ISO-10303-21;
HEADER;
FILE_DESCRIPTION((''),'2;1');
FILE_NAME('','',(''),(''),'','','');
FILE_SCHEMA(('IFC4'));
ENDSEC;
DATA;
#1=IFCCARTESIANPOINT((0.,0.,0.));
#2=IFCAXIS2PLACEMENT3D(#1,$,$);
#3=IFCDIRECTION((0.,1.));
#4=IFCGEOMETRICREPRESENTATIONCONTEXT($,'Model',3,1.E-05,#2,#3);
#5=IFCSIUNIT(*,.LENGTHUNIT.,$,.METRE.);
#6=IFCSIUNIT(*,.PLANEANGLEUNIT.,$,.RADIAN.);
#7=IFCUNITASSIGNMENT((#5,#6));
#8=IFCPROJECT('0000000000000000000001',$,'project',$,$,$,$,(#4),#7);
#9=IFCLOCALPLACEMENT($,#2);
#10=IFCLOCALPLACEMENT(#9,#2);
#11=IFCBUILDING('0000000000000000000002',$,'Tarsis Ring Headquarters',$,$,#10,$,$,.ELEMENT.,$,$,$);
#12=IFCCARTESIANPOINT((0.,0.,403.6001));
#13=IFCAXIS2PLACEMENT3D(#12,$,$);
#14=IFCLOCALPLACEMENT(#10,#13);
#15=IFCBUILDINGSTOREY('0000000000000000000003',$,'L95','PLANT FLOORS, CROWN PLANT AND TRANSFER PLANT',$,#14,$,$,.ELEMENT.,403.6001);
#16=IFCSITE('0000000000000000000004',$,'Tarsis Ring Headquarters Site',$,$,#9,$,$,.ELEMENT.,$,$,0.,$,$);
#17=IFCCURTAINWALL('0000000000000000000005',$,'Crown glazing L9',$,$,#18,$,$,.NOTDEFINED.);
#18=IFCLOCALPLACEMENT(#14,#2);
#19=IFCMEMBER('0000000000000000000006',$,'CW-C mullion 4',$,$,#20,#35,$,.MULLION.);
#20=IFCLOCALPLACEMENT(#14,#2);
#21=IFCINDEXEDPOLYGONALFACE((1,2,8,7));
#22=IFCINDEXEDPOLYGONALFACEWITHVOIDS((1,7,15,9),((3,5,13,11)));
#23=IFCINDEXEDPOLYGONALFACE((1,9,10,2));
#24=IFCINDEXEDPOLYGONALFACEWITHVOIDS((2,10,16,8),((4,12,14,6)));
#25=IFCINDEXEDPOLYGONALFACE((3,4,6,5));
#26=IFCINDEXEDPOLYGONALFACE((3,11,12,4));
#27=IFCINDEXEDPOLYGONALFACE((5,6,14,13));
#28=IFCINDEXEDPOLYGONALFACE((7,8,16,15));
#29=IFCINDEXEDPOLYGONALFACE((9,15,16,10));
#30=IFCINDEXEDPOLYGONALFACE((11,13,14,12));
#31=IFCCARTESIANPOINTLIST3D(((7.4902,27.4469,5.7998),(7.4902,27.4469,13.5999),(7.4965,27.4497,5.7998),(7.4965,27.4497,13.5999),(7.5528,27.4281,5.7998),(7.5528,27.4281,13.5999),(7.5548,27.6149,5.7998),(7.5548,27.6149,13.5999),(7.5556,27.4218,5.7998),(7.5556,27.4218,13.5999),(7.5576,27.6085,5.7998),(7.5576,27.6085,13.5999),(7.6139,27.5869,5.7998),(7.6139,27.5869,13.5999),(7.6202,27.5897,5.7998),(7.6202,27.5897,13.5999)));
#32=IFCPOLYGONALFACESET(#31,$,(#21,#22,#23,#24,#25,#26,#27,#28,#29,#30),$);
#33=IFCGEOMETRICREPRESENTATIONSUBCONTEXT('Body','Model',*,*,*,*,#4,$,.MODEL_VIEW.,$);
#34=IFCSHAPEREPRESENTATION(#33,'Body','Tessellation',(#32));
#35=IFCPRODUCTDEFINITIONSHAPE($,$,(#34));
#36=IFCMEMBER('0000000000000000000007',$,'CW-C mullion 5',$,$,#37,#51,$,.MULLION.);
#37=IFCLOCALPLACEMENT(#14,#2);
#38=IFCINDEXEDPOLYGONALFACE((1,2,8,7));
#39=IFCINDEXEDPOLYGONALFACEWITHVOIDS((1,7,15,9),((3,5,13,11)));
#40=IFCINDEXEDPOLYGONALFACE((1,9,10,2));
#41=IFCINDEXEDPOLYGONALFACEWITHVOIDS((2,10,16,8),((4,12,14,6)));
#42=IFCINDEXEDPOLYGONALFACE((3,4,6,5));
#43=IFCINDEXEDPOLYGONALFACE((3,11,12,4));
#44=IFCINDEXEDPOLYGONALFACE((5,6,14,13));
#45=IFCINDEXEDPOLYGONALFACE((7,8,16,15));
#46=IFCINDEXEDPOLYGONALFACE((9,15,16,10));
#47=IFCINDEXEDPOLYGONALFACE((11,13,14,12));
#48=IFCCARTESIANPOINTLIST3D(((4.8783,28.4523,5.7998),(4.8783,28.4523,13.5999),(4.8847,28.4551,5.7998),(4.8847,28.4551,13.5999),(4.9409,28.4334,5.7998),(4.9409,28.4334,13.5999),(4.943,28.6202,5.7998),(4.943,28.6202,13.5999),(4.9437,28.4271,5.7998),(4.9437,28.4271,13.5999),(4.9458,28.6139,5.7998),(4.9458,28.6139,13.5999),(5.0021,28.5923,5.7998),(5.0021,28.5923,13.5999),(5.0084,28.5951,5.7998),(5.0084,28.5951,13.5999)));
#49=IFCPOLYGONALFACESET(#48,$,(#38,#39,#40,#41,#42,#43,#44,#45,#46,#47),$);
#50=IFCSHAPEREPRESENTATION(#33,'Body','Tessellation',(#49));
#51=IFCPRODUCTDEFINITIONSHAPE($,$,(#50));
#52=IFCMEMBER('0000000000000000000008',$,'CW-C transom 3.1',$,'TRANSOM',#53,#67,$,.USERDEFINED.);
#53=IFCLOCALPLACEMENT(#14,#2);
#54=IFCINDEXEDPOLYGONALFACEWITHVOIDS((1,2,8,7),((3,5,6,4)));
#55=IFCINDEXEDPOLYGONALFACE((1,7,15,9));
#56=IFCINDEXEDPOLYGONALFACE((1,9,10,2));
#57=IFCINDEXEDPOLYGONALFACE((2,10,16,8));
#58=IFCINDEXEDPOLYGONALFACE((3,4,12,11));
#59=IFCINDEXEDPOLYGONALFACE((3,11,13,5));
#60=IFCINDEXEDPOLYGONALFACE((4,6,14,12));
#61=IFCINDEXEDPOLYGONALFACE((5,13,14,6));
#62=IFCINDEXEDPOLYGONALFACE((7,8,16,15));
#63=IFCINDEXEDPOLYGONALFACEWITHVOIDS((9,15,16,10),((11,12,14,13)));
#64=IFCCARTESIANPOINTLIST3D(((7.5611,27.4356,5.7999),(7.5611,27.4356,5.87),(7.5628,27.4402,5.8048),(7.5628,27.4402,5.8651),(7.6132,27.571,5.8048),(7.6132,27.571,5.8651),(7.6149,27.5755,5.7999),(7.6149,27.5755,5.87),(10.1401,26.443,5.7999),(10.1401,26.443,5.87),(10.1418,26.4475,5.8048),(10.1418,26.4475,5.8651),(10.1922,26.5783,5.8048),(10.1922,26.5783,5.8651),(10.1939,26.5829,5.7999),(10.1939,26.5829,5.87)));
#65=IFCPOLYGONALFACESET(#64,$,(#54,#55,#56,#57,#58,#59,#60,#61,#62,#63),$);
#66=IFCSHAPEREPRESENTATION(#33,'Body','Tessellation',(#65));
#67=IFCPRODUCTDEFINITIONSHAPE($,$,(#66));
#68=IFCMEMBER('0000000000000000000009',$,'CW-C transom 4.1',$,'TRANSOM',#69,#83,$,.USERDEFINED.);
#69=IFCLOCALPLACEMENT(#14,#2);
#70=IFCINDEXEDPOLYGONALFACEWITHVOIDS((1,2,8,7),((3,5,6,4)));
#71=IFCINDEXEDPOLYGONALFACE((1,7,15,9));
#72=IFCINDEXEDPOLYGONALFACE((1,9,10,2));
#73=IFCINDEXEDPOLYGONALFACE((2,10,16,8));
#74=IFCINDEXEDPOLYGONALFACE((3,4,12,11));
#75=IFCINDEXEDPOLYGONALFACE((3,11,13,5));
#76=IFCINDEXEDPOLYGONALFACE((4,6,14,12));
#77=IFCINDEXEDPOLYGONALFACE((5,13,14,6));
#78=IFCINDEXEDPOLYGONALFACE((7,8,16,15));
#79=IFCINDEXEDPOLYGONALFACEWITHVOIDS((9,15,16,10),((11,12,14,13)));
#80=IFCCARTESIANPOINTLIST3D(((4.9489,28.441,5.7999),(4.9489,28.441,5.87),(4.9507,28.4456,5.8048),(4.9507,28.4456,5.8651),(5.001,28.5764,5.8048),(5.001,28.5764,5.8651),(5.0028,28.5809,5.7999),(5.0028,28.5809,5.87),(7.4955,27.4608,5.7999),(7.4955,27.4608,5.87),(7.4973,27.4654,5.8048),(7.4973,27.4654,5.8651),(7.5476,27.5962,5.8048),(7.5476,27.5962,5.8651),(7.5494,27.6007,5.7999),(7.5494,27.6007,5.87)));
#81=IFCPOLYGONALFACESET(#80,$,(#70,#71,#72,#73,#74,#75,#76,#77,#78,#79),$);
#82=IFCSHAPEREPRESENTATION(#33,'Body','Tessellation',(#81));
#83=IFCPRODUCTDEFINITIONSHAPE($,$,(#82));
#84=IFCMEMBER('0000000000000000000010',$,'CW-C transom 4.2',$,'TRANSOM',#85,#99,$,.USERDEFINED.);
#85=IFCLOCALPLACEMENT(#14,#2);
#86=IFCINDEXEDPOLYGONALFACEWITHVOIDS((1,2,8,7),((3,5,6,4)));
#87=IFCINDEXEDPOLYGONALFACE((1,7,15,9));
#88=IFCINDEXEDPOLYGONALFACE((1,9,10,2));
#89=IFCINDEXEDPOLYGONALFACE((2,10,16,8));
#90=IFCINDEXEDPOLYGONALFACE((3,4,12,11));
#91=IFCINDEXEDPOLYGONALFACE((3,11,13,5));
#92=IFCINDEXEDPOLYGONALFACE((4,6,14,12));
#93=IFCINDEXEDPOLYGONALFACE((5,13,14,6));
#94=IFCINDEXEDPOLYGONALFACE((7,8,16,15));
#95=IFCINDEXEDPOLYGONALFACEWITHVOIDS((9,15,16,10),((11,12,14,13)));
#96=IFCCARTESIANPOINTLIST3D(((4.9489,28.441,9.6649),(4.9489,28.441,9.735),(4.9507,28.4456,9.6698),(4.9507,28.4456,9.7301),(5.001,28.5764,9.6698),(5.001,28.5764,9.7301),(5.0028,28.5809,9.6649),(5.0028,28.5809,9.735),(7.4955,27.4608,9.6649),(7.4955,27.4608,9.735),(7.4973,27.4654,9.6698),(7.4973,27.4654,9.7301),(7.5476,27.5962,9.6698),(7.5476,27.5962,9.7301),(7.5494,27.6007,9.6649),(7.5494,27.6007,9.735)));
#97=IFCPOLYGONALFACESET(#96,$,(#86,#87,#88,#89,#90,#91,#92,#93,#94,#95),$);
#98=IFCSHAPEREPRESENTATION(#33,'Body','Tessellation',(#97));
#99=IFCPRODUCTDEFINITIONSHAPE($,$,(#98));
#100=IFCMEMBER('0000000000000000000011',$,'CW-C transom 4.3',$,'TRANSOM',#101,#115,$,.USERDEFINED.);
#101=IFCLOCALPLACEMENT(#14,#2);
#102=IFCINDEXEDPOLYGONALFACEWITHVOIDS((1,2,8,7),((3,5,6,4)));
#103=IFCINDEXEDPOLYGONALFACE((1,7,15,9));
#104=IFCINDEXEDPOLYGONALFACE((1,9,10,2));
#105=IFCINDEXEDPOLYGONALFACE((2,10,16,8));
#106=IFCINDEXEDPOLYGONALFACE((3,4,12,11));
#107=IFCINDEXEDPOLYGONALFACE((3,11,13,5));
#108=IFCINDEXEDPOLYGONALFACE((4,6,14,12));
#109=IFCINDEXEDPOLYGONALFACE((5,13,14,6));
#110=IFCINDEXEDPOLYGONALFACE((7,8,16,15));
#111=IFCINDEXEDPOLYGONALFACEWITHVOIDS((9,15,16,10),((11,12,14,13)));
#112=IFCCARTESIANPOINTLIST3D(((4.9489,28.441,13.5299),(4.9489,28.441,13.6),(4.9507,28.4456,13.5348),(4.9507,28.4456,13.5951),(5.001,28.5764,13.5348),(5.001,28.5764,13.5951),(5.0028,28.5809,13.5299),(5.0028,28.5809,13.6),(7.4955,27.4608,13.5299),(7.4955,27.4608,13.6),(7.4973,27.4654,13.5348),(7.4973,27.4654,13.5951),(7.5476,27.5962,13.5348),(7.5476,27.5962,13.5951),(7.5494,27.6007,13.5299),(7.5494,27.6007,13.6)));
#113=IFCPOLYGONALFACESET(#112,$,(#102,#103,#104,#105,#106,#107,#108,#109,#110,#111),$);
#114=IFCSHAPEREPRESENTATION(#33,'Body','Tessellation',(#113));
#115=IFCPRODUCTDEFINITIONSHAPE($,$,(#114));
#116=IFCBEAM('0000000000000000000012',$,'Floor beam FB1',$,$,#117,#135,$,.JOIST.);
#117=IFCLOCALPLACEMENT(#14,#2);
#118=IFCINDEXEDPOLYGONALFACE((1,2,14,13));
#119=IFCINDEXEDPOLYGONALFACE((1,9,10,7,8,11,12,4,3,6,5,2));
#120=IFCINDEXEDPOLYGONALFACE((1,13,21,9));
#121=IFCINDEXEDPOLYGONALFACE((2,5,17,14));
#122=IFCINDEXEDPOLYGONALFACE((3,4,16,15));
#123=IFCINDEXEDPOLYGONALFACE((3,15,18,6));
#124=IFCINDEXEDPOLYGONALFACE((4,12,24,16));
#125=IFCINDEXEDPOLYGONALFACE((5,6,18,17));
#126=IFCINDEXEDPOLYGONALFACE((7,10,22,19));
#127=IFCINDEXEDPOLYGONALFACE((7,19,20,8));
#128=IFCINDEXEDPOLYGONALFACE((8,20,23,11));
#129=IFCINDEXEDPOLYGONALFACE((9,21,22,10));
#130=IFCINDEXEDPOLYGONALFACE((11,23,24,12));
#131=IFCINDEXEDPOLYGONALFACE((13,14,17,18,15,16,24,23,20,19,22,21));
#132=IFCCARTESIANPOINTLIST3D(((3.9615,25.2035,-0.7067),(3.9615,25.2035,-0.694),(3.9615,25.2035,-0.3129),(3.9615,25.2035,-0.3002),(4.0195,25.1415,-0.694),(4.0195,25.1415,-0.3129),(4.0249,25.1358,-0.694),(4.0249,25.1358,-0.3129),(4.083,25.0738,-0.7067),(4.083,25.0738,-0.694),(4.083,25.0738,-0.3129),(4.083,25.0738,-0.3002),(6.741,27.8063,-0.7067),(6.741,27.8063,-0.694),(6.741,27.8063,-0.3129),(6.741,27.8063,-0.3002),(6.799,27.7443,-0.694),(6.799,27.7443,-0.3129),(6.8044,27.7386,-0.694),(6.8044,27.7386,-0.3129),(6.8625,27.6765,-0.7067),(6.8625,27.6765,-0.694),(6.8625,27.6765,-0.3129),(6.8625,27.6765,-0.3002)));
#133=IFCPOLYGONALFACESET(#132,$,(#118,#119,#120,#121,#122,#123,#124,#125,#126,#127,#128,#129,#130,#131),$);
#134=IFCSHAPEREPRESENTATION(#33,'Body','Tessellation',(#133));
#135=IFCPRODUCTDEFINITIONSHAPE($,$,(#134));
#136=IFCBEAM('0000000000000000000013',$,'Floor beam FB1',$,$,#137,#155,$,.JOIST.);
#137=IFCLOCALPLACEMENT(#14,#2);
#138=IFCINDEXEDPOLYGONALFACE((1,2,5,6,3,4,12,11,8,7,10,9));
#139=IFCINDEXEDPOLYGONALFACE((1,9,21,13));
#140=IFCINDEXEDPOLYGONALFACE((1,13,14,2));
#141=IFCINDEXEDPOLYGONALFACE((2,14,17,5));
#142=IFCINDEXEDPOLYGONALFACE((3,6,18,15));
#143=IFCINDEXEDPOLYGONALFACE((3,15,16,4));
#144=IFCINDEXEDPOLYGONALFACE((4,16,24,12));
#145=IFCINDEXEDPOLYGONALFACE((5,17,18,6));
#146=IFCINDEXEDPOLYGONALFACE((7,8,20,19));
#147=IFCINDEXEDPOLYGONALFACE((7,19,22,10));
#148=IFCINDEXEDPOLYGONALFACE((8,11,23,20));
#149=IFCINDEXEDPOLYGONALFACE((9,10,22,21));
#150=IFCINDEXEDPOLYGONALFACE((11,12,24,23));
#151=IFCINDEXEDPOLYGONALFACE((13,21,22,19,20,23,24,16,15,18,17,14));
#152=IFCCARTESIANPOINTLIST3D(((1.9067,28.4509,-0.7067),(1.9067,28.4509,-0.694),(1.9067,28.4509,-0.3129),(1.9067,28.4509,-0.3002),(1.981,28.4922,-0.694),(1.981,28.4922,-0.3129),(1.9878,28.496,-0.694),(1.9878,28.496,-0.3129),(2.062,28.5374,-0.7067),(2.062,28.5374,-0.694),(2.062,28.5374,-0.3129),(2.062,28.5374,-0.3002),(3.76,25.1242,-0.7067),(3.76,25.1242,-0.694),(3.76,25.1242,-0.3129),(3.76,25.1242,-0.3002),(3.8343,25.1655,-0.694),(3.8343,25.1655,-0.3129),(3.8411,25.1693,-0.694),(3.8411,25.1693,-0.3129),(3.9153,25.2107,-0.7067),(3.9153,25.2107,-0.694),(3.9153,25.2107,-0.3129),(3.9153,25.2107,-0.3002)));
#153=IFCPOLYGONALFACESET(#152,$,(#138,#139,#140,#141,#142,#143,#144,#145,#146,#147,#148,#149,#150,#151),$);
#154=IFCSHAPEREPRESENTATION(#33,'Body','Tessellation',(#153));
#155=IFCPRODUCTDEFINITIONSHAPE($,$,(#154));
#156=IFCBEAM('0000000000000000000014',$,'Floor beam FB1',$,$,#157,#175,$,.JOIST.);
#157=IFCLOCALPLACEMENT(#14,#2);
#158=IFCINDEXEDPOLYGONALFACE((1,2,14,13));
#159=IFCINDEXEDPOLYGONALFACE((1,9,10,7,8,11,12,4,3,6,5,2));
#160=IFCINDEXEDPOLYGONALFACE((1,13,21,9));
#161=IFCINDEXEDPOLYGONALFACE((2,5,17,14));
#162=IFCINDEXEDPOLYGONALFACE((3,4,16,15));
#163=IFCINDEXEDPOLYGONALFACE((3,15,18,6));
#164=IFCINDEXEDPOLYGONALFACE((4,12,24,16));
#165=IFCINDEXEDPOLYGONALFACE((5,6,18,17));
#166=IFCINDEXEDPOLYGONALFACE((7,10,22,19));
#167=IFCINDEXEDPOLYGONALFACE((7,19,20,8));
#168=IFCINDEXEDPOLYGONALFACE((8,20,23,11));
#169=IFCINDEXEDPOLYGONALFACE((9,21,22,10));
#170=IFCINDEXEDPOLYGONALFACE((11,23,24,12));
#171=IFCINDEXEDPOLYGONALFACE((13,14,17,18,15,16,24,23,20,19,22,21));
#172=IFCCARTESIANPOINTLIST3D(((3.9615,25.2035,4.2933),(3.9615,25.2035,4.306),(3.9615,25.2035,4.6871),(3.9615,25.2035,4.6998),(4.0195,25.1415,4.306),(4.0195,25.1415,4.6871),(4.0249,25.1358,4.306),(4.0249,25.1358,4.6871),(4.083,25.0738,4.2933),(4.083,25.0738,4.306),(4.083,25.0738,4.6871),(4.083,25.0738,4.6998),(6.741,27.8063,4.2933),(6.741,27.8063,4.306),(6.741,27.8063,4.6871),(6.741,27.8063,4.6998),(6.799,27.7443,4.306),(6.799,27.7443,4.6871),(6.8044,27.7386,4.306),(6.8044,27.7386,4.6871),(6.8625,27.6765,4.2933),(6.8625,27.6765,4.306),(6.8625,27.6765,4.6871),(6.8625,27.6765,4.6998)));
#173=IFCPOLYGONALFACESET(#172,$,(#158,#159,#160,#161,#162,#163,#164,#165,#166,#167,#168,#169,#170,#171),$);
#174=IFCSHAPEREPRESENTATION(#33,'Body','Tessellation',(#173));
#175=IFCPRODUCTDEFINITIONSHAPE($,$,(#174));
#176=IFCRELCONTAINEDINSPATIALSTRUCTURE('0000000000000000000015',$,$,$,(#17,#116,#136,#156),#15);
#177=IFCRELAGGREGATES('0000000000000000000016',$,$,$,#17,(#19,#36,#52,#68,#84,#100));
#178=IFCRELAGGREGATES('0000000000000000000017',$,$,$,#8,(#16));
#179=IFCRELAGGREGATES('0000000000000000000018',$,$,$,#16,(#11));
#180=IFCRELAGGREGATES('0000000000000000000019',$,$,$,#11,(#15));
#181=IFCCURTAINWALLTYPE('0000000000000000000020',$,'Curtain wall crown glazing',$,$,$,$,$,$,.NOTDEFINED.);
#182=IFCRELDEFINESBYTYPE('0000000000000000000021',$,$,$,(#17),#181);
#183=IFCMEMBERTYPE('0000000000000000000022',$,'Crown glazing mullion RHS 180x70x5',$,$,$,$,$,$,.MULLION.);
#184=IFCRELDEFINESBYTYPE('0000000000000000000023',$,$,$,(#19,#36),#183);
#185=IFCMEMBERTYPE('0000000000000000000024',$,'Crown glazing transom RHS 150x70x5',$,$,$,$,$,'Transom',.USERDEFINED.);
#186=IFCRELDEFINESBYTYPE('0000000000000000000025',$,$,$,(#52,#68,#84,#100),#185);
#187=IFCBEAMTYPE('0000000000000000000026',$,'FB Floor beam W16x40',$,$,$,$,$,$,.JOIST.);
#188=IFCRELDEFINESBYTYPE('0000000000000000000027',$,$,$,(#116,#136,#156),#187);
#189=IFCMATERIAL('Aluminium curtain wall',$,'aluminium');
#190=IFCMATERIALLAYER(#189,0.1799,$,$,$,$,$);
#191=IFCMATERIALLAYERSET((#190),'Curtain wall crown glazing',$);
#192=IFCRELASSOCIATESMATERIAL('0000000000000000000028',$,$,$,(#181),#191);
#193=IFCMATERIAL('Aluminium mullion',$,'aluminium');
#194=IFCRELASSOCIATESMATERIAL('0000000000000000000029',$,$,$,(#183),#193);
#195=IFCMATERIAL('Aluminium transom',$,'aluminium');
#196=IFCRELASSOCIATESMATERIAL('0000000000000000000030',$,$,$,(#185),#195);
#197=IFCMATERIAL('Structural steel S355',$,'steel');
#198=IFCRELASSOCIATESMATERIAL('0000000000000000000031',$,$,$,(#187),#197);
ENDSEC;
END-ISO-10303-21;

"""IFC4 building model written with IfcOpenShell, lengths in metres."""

from ifc_helpers import new_model, si_unit, direction, frame, origin, origin_2d, place, context, subcontext, project, spatial, hollow_rectangle, i_section, extrude, material, layer, layer_set, material_profile, profile_set, type_object, element, aggregate, save


model = new_model("IFC4")

# Units and contexts
model_context = context("Model", 3, precision=1e-05, world=origin(), true_north=direction((0.0, 1.0)))
body_context = subcontext(model_context, "Body", "Model", "MODEL_VIEW")
ifc_project = project(units=[si_unit("LENGTHUNIT", "METRE"), si_unit("PLANEANGLEUNIT", "RADIAN")], contexts=[model_context])

# Site, building, storey
site_placement = place(None, origin())
site = spatial("IfcSite", under=ifc_project, at=site_placement, Name="Tarsis Ring Headquarters Site", CompositionType="ELEMENT", RefElevation=0.0)
building_placement = place(site_placement, origin())
building = spatial("IfcBuilding", under=site, at=building_placement, Name="Tarsis Ring Headquarters", CompositionType="ELEMENT")
storey_placement = place(building_placement, frame((0.0, 0.0, 403.6001)))
storey = spatial("IfcBuildingStorey", under=building, at=storey_placement, Name="L95", Description="PLANT FLOORS, CROWN PLANT AND TRANSFER PLANT", CompositionType="ELEMENT", Elevation=403.6001)

# Shared definitions
ifc_material_1 = material(Name="Structural steel S355", Category="steel")

# Curtain wall, members
ifc_material_2 = material(Name="Aluminium curtain wall", Category="aluminium")
ifc_layer_1 = layer(ifc_material_2, 0.1799)
ifc_layer_set_1 = layer_set([ifc_layer_1], Name="Curtain wall crown glazing")
curtain_wall_type = type_object("IfcCurtainWallType", Name="Curtain wall crown glazing", PredefinedType="NOTDEFINED", material=ifc_layer_set_1)
curtain_wall_placement = place(storey_placement, origin())
curtain_wall = element("IfcCurtainWall", 1, at=curtain_wall_placement, inside=storey, type_object=curtain_wall_type, Name="Crown glazing L9", PredefinedType="NOTDEFINED")
ifc_material_3 = material(Name="Aluminium mullion", Category="aluminium")
ifc_material_profile_1 = material_profile(ifc_material_3, hollow_rectangle(XDim=0.1799, YDim=0.0701, WallThickness=0.0049, at=origin_2d()), Name="RHS 180x70x5")
ifc_profile_set_1 = profile_set([ifc_material_profile_1], Name="Aluminium mullion")
member_type_1 = type_object("IfcMemberType", Name="Crown glazing mullion RHS 180x70x5", PredefinedType="MULLION", material=ifc_profile_set_1)
member_1_placement = place(storey_placement, frame((7.5552, 27.5183, 5.7998), z_axis=(0.0, 0.0, 1.0), x_axis=(-0.359203, -0.93326, 0.0)))
member_1 = element("IfcMember", 2, at=member_1_placement, type_object=member_type_1, Name="CW-C mullion 4", PredefinedType="MULLION", context=body_context, shape_type="SweptSolid", body=[
    extrude(hollow_rectangle(XDim=0.1799, YDim=0.0701, WallThickness=0.0049, at=origin_2d()), origin(), (0.0, 0.0, 1.0), 7.8),
])
member_2_placement = place(storey_placement, frame((4.9434, 28.5237, 5.7998), z_axis=(0.0, 0.0, 1.0), x_axis=(-0.359203, -0.93326, 0.0)))
member_2 = element("IfcMember", 3, at=member_2_placement, type_object=member_type_1, Name="CW-C mullion 5", PredefinedType="MULLION", context=body_context, shape_type="SweptSolid", body=[
    extrude(hollow_rectangle(XDim=0.1799, YDim=0.0701, WallThickness=0.0049, at=origin_2d()), origin(), (0.0, 0.0, 1.0), 7.8),
])
ifc_material_4 = material(Name="Aluminium transom", Category="aluminium")
ifc_material_profile_2 = material_profile(ifc_material_4, hollow_rectangle(XDim=0.1499, YDim=0.0701, WallThickness=0.0049, at=origin_2d()), Name="RHS 150x70x5")
ifc_profile_set_2 = profile_set([ifc_material_profile_2], Name="Aluminium transom")
member_type_2 = type_object("IfcMemberType", Name="Crown glazing transom RHS 150x70x5", ElementType="Transom", PredefinedType="USERDEFINED", material=ifc_profile_set_2)
member_3_placement = place(storey_placement, frame((10.167, 26.5129, 5.835), z_axis=(-0.933259, 0.359204, 0.0), x_axis=(-0.359204, -0.933259, 0.0)))
member_3 = element("IfcMember", 4, at=member_3_placement, type_object=member_type_2, Name="CW-C transom 3.1", ObjectType="TRANSOM", PredefinedType="USERDEFINED", context=body_context, shape_type="SweptSolid", body=[
    extrude(hollow_rectangle(XDim=0.1499, YDim=0.0701, WallThickness=0.0049, at=origin_2d()), origin(), (0.0, 0.0, 1.0), 2.7634),
])
member_4_placement = place(storey_placement, frame((7.5225, 27.5308, 5.835), z_axis=(-0.933253, 0.359219, 0.0), x_axis=(-0.359219, -0.933253, 0.0)))
member_4 = element("IfcMember", 5, at=member_4_placement, type_object=member_type_2, Name="CW-C transom 4.1", ObjectType="TRANSOM", PredefinedType="USERDEFINED", context=body_context, shape_type="SweptSolid", body=[
    extrude(hollow_rectangle(XDim=0.1499, YDim=0.0701, WallThickness=0.0049, at=origin_2d()), origin(), (0.0, 0.0, 1.0), 2.7288),
])
member_5_placement = place(storey_placement, frame((7.5225, 27.5308, 9.7), z_axis=(-0.933253, 0.359219, 0.0), x_axis=(-0.359219, -0.933253, 0.0)))
member_5 = element("IfcMember", 6, at=member_5_placement, type_object=member_type_2, Name="CW-C transom 4.2", ObjectType="TRANSOM", PredefinedType="USERDEFINED", context=body_context, shape_type="SweptSolid", body=[
    extrude(hollow_rectangle(XDim=0.1499, YDim=0.0701, WallThickness=0.0049, at=origin_2d()), origin(), (0.0, 0.0, 1.0), 2.7288),
])
member_6_placement = place(storey_placement, frame((7.5225, 27.5308, 13.5649), z_axis=(-0.933253, 0.359219, 0.0), x_axis=(-0.359219, -0.933253, 0.0)))
member_6 = element("IfcMember", 7, at=member_6_placement, type_object=member_type_2, Name="CW-C transom 4.3", ObjectType="TRANSOM", PredefinedType="USERDEFINED", context=body_context, shape_type="SweptSolid", body=[
    extrude(hollow_rectangle(XDim=0.1499, YDim=0.0701, WallThickness=0.0049, at=origin_2d()), origin(), (0.0, 0.0, 1.0), 2.7288),
])

# Beams
ifc_material_profile_3 = material_profile(ifc_material_1, i_section(OverallWidth=0.1777, OverallDepth=0.4065, WebThickness=0.0078, FlangeThickness=0.0127, at=origin_2d()), Name="W16x40")
ifc_profile_set_3 = profile_set([ifc_material_profile_3], Name="Structural steel S355")
beam_type_1 = type_object("IfcBeamType", Name="FB Floor beam W16x40", PredefinedType="JOIST", material=ifc_profile_set_3)
beam_1_placement = place(storey_placement, frame((4.0222, 25.1387, -0.5034), z_axis=(0.729935, 0.683517, 0.0), x_axis=(-0.683517, 0.729935, 0.0)))
element("IfcBeam", 8, at=beam_1_placement, inside=storey, type_object=beam_type_1, Name="Floor beam FB1", PredefinedType="JOIST", context=body_context, shape_type="SweptSolid", body=[
    extrude(i_section(OverallWidth=0.1777, OverallDepth=0.4065, WebThickness=0.0078, FlangeThickness=0.0127, at=origin_2d()), origin(), (0.0, 0.0, 1.0), 3.8079),
])
beam_2_placement = place(storey_placement, frame((1.9844, 28.4941, -0.5034), z_axis=(0.486671, -0.873585, 0.0), x_axis=(0.873585, 0.486671, 0.0)))
element("IfcBeam", 9, at=beam_2_placement, inside=storey, type_object=beam_type_1, Name="Floor beam FB1", PredefinedType="JOIST", context=body_context, shape_type="SweptSolid", body=[
    extrude(i_section(OverallWidth=0.1777, OverallDepth=0.4065, WebThickness=0.0078, FlangeThickness=0.0127, at=origin_2d()), origin(), (0.0, 0.0, 1.0), 3.8081),
])
beam_3_placement = place(storey_placement, frame((4.0222, 25.1387, 4.4966), z_axis=(0.729935, 0.683517, 0.0), x_axis=(-0.683517, 0.729935, 0.0)))
element("IfcBeam", 10, at=beam_3_placement, inside=storey, type_object=beam_type_1, Name="Floor beam FB1", PredefinedType="JOIST", context=body_context, shape_type="SweptSolid", body=[
    extrude(i_section(OverallWidth=0.1777, OverallDepth=0.4065, WebThickness=0.0078, FlangeThickness=0.0127, at=origin_2d()), origin(), (0.0, 0.0, 1.0), 3.8079),
])

aggregate(curtain_wall, [member_1, member_2, member_3, member_4, member_5, member_6])

save(model, "model.ifc")
